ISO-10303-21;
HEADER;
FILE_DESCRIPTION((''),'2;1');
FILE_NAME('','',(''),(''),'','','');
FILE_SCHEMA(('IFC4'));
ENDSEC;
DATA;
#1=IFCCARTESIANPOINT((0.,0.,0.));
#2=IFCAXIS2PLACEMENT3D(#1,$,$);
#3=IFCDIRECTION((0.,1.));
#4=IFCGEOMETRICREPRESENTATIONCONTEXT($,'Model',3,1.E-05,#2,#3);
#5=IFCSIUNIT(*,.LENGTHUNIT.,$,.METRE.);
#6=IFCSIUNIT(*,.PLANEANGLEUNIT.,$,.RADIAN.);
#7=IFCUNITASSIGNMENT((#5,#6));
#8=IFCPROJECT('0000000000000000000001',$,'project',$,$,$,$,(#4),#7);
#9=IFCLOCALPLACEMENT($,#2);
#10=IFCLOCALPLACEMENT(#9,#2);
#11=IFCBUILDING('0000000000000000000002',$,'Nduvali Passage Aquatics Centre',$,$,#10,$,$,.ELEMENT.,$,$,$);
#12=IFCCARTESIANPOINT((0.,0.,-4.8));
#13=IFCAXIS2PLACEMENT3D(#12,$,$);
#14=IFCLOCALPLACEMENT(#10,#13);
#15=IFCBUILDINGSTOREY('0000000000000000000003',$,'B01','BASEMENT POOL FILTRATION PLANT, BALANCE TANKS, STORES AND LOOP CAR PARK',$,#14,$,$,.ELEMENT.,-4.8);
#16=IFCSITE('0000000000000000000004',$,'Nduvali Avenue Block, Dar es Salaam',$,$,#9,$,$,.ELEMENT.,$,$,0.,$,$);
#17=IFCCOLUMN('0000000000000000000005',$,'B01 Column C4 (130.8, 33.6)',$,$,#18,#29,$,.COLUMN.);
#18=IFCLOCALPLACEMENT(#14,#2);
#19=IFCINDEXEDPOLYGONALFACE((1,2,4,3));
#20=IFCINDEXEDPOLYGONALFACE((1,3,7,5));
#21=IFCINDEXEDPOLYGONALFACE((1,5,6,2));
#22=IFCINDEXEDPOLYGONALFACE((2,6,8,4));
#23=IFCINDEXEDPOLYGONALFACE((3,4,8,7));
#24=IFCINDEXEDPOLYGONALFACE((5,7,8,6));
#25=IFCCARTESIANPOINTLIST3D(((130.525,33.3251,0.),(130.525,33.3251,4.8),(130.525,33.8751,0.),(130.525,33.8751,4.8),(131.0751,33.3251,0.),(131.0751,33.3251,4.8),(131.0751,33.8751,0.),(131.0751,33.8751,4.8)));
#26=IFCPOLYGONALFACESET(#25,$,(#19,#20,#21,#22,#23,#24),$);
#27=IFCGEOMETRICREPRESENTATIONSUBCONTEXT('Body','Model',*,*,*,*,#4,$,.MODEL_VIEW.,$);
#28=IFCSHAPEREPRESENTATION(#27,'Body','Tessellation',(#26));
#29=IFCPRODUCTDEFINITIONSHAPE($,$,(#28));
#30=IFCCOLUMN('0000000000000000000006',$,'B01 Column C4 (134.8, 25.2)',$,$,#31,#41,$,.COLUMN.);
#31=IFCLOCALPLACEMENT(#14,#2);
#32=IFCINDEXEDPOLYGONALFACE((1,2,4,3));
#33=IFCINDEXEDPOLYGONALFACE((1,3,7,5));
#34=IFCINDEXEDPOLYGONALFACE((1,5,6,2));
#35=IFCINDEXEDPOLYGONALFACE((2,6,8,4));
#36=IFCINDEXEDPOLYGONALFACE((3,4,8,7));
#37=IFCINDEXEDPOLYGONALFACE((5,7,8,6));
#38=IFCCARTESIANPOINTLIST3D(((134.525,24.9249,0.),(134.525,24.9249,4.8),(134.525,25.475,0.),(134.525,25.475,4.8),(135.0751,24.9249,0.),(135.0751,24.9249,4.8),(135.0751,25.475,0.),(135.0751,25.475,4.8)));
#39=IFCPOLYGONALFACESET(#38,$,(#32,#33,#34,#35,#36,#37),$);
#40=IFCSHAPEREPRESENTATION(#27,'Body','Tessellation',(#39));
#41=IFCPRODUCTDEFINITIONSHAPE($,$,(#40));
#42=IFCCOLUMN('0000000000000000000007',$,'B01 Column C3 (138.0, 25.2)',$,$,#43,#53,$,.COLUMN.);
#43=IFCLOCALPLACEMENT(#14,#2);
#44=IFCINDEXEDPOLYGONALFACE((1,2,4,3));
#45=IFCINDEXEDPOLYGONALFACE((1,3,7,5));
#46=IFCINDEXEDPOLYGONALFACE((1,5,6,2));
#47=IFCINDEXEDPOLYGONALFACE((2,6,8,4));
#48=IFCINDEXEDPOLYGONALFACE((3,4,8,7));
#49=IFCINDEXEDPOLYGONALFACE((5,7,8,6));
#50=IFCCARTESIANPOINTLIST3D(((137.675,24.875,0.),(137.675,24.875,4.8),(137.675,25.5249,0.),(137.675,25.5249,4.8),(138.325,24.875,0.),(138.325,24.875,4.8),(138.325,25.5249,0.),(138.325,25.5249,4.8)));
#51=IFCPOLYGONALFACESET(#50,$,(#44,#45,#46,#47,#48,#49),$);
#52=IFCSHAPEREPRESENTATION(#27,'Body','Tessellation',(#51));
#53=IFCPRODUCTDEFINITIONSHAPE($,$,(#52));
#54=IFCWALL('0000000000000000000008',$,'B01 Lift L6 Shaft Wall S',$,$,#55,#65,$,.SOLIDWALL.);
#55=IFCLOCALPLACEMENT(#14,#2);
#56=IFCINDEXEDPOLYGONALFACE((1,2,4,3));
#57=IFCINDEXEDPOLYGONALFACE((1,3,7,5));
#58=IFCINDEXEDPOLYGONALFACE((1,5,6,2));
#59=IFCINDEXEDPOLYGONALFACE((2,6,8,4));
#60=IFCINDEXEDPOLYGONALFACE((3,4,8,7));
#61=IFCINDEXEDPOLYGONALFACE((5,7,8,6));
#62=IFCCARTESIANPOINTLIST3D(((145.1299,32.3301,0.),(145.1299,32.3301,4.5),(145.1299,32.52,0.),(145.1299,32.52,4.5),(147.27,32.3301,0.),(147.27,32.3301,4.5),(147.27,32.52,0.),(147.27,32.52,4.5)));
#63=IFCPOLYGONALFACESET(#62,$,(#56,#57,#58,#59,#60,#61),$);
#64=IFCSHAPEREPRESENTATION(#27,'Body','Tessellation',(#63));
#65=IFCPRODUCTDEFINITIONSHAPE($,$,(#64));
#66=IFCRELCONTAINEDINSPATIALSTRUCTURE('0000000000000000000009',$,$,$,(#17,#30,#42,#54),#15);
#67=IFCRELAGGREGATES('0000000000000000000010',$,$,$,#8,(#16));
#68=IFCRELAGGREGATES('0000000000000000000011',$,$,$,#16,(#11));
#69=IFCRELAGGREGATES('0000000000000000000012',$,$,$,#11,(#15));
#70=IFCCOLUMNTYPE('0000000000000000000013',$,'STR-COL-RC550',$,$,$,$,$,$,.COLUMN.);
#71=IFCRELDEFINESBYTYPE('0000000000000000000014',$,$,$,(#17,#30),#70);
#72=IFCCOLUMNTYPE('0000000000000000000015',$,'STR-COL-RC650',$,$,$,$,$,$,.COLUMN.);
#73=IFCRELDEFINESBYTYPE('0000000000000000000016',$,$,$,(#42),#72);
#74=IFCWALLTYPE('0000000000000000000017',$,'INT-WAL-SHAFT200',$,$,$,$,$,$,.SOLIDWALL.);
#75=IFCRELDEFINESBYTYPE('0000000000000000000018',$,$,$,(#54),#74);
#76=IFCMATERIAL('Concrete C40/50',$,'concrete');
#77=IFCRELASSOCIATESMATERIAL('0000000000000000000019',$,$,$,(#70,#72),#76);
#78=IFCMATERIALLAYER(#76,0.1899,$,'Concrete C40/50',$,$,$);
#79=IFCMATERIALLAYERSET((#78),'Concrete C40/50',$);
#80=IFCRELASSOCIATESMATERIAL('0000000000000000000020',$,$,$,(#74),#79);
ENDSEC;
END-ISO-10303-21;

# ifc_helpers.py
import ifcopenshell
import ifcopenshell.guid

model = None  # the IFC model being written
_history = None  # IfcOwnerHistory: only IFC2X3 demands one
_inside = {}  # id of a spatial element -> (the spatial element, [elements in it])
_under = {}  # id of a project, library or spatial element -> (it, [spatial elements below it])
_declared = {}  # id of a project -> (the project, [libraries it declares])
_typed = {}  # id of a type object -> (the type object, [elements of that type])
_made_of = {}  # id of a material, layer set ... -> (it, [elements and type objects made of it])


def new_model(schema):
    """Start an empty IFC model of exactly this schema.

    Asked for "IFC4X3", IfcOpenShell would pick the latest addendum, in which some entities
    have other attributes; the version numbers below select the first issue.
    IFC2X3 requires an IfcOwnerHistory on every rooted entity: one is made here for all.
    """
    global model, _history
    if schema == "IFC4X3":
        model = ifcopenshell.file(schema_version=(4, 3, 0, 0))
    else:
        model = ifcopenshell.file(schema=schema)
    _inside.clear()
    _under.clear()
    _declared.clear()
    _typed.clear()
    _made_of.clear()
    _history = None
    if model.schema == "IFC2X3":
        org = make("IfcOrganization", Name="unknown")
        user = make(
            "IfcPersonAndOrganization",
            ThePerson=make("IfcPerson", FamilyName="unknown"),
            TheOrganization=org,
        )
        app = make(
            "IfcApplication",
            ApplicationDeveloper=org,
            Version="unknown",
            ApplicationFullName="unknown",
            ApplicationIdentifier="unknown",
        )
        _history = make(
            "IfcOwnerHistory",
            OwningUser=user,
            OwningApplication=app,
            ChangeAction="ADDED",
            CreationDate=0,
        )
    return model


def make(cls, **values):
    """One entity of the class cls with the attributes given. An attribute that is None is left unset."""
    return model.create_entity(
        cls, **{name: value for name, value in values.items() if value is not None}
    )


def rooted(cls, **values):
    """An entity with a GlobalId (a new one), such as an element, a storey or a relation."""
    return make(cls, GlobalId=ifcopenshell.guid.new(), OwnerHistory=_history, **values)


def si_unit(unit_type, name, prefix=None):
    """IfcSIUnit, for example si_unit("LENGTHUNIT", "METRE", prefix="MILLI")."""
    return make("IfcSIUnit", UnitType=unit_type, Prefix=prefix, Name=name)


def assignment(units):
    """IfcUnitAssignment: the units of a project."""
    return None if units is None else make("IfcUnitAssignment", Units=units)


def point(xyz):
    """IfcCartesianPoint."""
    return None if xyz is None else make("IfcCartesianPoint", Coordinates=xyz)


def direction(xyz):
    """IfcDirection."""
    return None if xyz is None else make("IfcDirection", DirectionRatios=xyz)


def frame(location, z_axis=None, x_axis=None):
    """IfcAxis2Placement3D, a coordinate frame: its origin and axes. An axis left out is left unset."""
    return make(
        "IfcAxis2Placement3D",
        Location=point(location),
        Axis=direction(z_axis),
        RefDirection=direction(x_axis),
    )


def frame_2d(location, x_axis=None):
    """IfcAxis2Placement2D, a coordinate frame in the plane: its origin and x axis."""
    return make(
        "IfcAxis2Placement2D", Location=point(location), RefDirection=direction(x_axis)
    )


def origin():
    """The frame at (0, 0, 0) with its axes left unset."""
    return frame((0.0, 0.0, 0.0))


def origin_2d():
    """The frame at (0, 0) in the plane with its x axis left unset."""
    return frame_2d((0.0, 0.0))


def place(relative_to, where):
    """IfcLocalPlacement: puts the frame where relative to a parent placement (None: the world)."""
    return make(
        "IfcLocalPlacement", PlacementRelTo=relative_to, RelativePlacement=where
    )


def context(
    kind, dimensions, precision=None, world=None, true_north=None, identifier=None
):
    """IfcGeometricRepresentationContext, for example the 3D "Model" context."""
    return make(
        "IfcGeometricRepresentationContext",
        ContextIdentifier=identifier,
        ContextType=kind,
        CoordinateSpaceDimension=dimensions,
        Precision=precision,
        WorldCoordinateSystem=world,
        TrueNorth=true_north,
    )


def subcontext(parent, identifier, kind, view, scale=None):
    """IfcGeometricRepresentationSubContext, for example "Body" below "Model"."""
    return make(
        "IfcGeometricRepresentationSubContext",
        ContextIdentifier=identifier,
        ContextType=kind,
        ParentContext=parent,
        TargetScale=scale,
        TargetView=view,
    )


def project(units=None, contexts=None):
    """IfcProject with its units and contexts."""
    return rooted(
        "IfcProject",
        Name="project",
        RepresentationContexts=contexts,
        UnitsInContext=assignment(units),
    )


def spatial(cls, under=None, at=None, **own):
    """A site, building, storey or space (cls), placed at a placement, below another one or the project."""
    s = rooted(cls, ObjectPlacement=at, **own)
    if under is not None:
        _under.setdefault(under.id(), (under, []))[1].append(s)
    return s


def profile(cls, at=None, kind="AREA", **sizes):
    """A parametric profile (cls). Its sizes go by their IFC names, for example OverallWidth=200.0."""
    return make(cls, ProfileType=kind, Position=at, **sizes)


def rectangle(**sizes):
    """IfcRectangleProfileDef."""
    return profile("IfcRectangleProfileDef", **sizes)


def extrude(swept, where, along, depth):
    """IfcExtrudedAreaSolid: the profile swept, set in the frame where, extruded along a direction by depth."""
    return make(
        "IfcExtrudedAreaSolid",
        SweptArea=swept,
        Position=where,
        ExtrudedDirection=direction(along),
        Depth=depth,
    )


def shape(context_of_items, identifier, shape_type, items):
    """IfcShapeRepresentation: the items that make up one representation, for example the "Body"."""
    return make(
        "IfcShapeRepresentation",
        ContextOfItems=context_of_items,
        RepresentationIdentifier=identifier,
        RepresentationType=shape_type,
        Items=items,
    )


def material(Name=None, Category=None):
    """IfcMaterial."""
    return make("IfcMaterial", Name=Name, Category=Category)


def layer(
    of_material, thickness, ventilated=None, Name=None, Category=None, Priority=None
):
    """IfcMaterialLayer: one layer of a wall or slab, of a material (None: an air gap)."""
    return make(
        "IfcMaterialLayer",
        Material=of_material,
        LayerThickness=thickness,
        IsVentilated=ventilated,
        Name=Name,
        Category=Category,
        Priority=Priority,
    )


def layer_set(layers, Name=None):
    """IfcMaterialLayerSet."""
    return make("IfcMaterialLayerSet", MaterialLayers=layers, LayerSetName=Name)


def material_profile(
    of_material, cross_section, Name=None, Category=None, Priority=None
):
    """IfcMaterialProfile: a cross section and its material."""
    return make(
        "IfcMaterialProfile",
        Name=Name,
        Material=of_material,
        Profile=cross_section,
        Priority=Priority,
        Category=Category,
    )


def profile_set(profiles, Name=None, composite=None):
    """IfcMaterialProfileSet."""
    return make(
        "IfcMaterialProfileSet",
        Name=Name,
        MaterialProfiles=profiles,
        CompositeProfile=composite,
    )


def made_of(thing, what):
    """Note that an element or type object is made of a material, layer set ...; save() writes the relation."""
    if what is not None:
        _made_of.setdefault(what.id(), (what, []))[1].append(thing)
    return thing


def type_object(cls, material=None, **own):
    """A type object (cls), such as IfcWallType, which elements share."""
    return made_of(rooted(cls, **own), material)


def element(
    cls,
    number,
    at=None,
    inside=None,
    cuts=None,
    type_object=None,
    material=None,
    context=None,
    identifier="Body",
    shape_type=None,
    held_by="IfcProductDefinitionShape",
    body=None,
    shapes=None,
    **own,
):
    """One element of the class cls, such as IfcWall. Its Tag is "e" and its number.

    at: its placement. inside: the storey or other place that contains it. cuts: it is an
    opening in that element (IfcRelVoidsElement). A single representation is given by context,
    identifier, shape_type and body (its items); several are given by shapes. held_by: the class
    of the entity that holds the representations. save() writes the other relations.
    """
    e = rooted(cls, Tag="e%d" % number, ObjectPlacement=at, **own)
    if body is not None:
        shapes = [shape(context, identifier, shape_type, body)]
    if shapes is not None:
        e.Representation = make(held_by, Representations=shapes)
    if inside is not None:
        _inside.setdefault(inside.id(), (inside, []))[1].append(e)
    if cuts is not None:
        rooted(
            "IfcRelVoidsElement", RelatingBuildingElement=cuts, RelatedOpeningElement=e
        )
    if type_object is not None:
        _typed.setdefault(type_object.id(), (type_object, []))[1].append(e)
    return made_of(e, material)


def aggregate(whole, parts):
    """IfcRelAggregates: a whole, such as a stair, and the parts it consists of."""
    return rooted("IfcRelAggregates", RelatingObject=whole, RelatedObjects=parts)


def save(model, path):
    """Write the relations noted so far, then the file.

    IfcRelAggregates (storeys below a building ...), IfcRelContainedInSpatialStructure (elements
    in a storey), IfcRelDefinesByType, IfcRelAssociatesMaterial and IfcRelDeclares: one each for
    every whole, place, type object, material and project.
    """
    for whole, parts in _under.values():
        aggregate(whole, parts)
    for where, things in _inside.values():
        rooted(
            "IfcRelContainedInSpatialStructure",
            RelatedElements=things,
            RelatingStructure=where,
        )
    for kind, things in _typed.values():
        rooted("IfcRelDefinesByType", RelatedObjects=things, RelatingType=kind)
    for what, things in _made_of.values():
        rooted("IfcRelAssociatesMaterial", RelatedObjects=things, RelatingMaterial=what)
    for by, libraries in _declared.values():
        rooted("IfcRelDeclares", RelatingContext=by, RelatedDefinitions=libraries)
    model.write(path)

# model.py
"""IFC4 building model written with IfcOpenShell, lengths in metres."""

from ifc_helpers import new_model, si_unit, direction, frame, frame_2d, origin, origin_2d, place, context, subcontext, project, spatial, rectangle, extrude, material, layer, layer_set, material_profile, profile_set, type_object, element, save


model = new_model("IFC4")

# Units and contexts
model_context = context("Model", 3, precision=1e-05, world=origin(), true_north=direction((0.0, 1.0)))
body_context = subcontext(model_context, "Body", "Model", "MODEL_VIEW")
ifc_project = project(units=[si_unit("LENGTHUNIT", "METRE"), si_unit("PLANEANGLEUNIT", "RADIAN")], contexts=[model_context])

# Site, building, storey
site_placement = place(None, origin())
site = spatial("IfcSite", under=ifc_project, at=site_placement, Name="Nduvali Avenue Block, Dar es Salaam", CompositionType="ELEMENT", RefElevation=0.0)
building_placement = place(site_placement, origin())
building = spatial("IfcBuilding", under=site, at=building_placement, Name="Nduvali Passage Aquatics Centre", CompositionType="ELEMENT")
storey_placement = place(building_placement, frame((0.0, 0.0, -4.8)))
storey = spatial("IfcBuildingStorey", under=building, at=storey_placement, Name="B01", Description="BASEMENT POOL FILTRATION PLANT, BALANCE TANKS, STORES AND LOOP CAR PARK", CompositionType="ELEMENT", Elevation=-4.8)

# Shared definitions
ifc_material = material(Name="Concrete C40/50", Category="concrete")

# Columns
ifc_material_profile_1 = material_profile(ifc_material, rectangle(XDim=0.55, YDim=0.55, at=origin_2d()), Name="RC 550x550")
ifc_profile_set_1 = profile_set([ifc_material_profile_1], Name="Concrete C40/50")
column_type_1 = type_object("IfcColumnType", Name="STR-COL-RC550", PredefinedType="COLUMN", material=ifc_profile_set_1)
for number, where, z_axis, x_axis, name in (
    (1, (130.8, 33.6001, 0.0), (0.0, 0.0, 1.0), (1.0, 0.0, 0.0), "B01 Column C4 (130.8, 33.6)"),
    (2, (134.8, 25.2, 0.0), (0.0, 0.0, 1.0), (1.0, 0.0, 0.0), "B01 Column C4 (134.8, 25.2)"),
):
    element("IfcColumn", number, at=place(storey_placement, frame(where, z_axis=z_axis, x_axis=x_axis)), inside=storey, type_object=column_type_1, Name=name, PredefinedType="COLUMN", context=body_context, shape_type="SweptSolid", body=[
        extrude(rectangle(XDim=0.55, YDim=0.55, at=origin_2d()), origin(), (0.0, 0.0, 1.0), 4.8),
    ])
ifc_material_profile_2 = material_profile(ifc_material, rectangle(XDim=0.6499, YDim=0.6499, at=origin_2d()), Name="RC 650x650")
ifc_profile_set_2 = profile_set([ifc_material_profile_2], Name="Concrete C40/50")
column_type_2 = type_object("IfcColumnType", Name="STR-COL-RC650", PredefinedType="COLUMN", material=ifc_profile_set_2)
column_placement = place(storey_placement, frame((138.0, 25.2, 0.0), z_axis=(0.0, 0.0, 1.0), x_axis=(1.0, 0.0, 0.0)))
element("IfcColumn", 3, at=column_placement, inside=storey, type_object=column_type_2, Name="B01 Column C3 (138.0, 25.2)", PredefinedType="COLUMN", context=body_context, shape_type="SweptSolid", body=[
    extrude(rectangle(XDim=0.6499, YDim=0.6499, at=origin_2d()), origin(), (0.0, 0.0, 1.0), 4.8),
])

# Wall
ifc_layer = layer(ifc_material, 0.1899, Name="Concrete C40/50")
ifc_layer_set = layer_set([ifc_layer], Name="Concrete C40/50")
wall_type = type_object("IfcWallType", Name="INT-WAL-SHAFT200", PredefinedType="SOLIDWALL", material=ifc_layer_set)
wall_placement = place(storey_placement, frame((145.1299, 32.425, 0.0), z_axis=(0.0, 0.0, 1.0), x_axis=(1.0, 0.0, 0.0)))
element("IfcWall", 4, at=wall_placement, inside=storey, type_object=wall_type, Name="B01 Lift L6 Shaft Wall S", PredefinedType="SOLIDWALL", context=body_context, shape_type="SweptSolid", body=[
    extrude(rectangle(XDim=2.1401, YDim=0.1899, at=frame_2d((1.0701, 0.0))), origin(), (0.0, 0.0, 1.0), 4.5),
])

save(model, "model.ifc")
